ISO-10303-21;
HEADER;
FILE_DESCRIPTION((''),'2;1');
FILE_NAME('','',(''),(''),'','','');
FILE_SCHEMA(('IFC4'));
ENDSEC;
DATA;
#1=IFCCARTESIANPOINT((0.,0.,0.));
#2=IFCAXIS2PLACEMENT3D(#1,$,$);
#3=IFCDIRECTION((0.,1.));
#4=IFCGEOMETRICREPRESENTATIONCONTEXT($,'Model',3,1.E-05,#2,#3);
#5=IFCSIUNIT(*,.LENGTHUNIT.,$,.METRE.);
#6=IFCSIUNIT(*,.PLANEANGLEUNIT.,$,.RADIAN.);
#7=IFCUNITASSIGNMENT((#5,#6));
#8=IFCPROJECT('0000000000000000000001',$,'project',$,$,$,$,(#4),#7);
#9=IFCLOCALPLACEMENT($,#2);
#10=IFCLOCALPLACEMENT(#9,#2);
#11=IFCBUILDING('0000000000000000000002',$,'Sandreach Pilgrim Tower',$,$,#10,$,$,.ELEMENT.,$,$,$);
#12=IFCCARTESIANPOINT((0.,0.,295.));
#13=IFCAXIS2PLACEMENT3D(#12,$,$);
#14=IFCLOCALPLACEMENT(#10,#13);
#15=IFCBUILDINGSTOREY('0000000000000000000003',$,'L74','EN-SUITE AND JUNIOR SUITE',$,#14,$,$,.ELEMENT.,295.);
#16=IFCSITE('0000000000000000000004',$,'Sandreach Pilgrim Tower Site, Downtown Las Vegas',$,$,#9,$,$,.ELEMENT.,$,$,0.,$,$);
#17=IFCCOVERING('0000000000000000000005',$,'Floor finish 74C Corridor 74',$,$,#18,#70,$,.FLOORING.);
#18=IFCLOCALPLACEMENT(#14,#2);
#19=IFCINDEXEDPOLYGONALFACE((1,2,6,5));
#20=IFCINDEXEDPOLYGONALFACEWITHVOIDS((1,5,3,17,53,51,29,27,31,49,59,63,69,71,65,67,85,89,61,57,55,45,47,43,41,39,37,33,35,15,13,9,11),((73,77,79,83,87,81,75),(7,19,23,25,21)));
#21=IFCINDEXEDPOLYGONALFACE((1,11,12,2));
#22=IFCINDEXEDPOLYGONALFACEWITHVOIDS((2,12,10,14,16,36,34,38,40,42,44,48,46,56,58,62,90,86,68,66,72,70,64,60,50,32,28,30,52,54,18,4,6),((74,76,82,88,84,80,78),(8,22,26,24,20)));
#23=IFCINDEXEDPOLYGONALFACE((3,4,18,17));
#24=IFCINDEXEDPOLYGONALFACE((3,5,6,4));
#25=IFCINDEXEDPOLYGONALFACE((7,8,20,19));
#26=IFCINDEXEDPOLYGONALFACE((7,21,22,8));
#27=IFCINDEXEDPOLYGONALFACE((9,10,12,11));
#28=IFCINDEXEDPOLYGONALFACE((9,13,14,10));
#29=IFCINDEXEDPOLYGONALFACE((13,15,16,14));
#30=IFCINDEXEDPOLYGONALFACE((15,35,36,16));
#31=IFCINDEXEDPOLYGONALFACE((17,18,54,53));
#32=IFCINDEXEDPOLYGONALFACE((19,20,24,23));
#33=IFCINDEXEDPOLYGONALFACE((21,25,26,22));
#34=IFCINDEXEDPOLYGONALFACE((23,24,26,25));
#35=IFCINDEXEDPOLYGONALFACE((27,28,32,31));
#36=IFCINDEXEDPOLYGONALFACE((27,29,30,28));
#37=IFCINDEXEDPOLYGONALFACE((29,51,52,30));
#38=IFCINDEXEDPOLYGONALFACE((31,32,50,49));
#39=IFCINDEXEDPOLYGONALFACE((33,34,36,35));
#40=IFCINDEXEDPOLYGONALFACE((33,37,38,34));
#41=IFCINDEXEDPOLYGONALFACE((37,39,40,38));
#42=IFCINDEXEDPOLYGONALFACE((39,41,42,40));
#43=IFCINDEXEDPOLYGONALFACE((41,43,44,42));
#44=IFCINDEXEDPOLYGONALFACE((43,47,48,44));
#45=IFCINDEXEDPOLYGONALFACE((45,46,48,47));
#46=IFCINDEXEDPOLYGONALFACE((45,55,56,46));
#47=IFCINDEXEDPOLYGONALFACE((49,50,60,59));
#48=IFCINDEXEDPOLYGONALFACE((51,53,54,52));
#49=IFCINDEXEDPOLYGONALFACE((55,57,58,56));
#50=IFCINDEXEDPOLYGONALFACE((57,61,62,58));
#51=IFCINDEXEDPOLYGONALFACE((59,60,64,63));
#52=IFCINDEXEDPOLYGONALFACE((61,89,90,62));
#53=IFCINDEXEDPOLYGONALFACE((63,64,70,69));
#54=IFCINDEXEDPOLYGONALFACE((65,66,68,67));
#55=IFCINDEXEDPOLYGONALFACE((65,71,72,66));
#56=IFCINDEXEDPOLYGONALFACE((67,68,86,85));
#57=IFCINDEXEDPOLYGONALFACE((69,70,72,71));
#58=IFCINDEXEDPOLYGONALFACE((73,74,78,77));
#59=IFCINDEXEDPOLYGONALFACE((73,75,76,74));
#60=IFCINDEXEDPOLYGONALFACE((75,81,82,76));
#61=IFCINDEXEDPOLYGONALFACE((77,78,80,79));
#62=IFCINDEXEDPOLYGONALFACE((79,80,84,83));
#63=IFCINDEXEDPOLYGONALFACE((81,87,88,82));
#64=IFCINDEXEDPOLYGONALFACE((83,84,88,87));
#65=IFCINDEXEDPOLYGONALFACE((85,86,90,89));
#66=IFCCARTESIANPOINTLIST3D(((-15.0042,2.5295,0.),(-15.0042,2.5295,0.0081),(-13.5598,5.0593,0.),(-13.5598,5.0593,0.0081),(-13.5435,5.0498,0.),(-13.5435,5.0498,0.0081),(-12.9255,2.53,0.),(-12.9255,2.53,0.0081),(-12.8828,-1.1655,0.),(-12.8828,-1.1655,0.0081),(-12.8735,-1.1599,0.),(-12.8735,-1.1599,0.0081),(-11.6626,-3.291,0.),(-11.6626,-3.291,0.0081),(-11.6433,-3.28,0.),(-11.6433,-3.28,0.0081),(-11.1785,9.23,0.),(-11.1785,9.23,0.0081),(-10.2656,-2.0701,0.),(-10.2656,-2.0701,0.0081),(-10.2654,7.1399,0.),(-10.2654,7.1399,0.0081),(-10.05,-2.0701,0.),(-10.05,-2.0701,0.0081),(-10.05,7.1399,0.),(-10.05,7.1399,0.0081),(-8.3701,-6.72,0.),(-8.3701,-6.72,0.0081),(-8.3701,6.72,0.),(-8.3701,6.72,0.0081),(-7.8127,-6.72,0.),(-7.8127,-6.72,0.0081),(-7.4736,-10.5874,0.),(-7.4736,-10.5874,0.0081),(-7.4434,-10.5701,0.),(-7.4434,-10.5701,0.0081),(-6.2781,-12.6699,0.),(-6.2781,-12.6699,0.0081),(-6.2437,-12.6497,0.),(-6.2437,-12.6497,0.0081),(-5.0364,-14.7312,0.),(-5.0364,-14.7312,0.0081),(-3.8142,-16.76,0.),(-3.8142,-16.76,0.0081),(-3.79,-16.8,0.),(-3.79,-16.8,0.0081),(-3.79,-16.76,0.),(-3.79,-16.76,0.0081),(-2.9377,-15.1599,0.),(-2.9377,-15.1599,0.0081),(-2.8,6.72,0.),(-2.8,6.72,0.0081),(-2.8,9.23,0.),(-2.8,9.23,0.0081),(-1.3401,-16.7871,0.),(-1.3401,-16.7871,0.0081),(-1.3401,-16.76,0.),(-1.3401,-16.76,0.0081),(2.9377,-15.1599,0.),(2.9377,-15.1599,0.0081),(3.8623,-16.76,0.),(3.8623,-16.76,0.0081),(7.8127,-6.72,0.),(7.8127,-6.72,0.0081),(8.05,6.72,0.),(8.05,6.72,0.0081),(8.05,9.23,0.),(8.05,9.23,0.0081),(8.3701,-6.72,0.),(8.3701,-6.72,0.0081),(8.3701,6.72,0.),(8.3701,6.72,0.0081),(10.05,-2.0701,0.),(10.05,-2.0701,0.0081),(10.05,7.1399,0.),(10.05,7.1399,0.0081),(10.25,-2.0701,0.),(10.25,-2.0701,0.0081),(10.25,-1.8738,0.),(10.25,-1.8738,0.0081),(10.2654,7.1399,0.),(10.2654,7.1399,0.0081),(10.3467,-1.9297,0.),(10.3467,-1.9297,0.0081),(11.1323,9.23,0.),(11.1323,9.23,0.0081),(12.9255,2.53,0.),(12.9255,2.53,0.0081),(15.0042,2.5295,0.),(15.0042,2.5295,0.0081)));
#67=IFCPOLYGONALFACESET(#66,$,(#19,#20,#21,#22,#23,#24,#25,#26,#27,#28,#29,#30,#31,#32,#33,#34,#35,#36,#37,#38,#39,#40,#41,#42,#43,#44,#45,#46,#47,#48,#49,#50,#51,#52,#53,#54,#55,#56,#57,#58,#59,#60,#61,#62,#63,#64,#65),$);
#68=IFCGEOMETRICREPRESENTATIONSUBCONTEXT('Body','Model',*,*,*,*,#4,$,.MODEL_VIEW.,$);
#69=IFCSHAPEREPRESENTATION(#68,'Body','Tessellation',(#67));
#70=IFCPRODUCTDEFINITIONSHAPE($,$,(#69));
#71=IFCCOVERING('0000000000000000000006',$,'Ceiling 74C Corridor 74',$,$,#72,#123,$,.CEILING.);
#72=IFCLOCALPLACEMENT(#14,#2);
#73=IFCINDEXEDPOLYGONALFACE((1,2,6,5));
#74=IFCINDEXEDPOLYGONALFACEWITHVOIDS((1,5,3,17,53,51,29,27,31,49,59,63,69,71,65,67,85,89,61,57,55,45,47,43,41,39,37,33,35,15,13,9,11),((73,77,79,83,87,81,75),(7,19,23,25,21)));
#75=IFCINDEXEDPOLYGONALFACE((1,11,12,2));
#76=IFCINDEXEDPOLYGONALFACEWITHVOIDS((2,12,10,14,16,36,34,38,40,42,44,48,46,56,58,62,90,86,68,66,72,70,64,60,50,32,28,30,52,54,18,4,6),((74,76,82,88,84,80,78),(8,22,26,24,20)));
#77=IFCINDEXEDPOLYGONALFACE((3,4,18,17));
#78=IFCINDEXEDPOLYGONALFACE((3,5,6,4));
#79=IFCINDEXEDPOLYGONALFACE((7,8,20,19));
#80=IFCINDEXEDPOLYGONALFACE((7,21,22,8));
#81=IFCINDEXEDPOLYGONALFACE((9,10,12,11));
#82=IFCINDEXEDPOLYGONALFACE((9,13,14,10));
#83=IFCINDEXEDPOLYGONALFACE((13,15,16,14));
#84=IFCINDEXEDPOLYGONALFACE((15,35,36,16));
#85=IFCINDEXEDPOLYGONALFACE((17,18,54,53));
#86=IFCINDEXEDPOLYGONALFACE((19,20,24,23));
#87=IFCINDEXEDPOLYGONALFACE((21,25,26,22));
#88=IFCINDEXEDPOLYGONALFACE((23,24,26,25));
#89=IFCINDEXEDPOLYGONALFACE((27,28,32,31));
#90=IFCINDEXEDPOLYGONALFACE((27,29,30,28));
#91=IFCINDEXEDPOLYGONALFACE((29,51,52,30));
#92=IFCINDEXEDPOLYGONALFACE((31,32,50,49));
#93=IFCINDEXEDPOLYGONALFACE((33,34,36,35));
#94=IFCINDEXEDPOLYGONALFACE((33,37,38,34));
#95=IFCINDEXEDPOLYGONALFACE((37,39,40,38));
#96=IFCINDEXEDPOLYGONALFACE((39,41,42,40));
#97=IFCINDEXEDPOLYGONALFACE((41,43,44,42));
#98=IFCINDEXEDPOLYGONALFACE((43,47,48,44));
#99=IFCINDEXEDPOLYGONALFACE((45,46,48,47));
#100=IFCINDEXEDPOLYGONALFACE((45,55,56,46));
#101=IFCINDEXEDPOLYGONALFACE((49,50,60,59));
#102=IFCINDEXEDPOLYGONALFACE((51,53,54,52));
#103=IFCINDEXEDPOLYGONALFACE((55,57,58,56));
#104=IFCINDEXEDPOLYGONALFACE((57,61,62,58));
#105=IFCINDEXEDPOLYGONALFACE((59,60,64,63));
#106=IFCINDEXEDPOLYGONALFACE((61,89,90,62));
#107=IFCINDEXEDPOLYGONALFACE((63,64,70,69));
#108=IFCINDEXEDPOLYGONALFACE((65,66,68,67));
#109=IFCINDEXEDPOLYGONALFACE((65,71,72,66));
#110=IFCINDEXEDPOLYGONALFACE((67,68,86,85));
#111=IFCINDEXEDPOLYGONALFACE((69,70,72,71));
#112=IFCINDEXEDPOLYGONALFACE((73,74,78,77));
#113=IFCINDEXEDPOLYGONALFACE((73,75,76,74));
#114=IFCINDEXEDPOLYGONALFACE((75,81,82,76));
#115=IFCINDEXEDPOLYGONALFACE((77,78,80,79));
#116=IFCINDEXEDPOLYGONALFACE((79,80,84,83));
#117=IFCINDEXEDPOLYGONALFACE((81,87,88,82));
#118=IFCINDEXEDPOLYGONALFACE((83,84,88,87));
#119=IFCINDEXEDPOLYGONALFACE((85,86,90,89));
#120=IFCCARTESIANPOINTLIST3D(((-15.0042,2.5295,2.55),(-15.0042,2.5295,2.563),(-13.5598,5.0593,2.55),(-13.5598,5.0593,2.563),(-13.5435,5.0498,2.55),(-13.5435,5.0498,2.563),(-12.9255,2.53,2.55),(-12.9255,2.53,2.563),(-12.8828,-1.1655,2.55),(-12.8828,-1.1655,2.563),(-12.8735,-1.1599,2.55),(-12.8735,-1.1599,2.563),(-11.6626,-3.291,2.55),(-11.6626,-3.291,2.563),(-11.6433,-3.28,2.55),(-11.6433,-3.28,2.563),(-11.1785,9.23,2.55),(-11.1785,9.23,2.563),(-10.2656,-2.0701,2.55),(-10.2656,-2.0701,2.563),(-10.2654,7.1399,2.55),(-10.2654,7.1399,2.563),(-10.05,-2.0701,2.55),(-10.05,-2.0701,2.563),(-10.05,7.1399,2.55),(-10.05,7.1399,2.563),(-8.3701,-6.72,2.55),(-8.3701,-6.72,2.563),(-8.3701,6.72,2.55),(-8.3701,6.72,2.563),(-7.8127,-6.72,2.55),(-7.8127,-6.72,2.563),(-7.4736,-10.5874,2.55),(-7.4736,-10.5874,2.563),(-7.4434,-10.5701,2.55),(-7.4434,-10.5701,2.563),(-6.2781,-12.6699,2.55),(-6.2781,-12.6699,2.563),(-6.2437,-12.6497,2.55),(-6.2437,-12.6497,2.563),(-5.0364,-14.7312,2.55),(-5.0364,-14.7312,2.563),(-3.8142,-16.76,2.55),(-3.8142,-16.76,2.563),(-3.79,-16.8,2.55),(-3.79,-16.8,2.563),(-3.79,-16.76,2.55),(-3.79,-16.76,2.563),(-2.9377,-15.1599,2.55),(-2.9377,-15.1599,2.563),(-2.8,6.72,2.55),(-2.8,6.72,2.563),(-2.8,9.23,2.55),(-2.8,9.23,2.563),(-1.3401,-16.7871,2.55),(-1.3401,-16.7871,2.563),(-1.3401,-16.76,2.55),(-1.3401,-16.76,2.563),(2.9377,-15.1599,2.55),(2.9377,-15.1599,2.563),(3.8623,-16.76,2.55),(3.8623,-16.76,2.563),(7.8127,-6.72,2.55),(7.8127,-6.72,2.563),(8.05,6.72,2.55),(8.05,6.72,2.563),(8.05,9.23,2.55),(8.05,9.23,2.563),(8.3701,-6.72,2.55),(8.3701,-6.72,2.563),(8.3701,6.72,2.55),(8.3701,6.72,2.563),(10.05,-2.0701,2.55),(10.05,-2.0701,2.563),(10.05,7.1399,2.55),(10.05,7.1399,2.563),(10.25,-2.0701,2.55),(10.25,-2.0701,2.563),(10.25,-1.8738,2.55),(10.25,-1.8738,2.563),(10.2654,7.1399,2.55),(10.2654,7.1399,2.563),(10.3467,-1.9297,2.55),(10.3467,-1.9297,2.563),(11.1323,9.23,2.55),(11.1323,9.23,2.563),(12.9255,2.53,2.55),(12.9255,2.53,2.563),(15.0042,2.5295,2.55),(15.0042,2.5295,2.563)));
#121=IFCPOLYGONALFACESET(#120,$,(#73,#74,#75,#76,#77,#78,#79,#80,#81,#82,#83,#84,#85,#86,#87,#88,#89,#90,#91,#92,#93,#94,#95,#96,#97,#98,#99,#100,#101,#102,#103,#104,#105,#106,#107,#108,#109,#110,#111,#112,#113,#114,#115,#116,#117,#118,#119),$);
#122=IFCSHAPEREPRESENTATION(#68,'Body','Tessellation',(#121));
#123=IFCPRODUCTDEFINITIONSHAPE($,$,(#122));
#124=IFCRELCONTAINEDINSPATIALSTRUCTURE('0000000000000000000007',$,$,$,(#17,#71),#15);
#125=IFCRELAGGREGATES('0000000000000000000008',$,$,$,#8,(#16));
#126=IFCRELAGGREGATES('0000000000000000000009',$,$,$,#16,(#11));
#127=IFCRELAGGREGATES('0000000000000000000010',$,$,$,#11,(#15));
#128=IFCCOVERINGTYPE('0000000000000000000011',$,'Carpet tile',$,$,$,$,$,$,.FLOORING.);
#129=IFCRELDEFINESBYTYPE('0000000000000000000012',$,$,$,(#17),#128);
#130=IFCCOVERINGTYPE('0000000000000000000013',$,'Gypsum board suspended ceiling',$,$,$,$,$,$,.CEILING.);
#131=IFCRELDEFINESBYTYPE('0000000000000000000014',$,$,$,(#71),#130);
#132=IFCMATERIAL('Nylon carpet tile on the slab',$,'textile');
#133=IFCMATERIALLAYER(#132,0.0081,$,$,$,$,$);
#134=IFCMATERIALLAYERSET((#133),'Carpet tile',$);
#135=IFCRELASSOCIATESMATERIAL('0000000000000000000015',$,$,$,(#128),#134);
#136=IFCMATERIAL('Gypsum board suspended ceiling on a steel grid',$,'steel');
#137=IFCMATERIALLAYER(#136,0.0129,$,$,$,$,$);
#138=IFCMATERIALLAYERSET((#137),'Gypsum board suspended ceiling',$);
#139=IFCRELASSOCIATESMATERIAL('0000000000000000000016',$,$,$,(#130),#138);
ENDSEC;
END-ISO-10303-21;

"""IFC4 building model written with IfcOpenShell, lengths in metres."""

from ifc_helpers import new_model, si_unit, direction, frame, origin, place, context, subcontext, project, spatial, polyline, outline, extrude, material, layer, layer_set, type_object, element, save


model = new_model("IFC4")

# Units and contexts
model_context = context("Model", 3, precision=1e-05, world=origin(), true_north=direction((0.0, 1.0)))
body_context = subcontext(model_context, "Body", "Model", "MODEL_VIEW")
ifc_project = project(units=[si_unit("LENGTHUNIT", "METRE"), si_unit("PLANEANGLEUNIT", "RADIAN")], contexts=[model_context])

# Site, building, storey
site_placement = place(None, origin())
site = spatial("IfcSite", under=ifc_project, at=site_placement, Name="Sandreach Pilgrim Tower Site, Downtown Las Vegas", CompositionType="ELEMENT", RefElevation=0.0)
building_placement = place(site_placement, origin())
building = spatial("IfcBuilding", under=site, at=building_placement, Name="Sandreach Pilgrim Tower", CompositionType="ELEMENT")
storey_placement = place(building_placement, frame((0.0, 0.0, 295.0)))
storey = spatial("IfcBuildingStorey", under=building, at=storey_placement, Name="L74", Description="EN-SUITE AND JUNIOR SUITE", CompositionType="ELEMENT", Elevation=295.0)

# Coverings
ifc_material_1 = material(Name="Nylon carpet tile on the slab", Category="textile")
ifc_layer_1 = layer(ifc_material_1, 0.0081)
ifc_layer_set_1 = layer_set([ifc_layer_1], Name="Carpet tile")
covering_type_1 = type_object("IfcCoveringType", Name="Carpet tile", PredefinedType="FLOORING", material=ifc_layer_set_1)
covering_1_placement = place(storey_placement, origin())
element("IfcCovering", 1, at=covering_1_placement, inside=storey, type_object=covering_type_1, Name="Floor finish 74C Corridor 74", PredefinedType="FLOORING", context=body_context, shape_type="SweptSolid", body=[
    extrude(outline(polyline([(-15.0042, 2.5295), (-13.5435, 5.0498), (-13.5598, 5.0593), (-11.1785, 9.23), (-2.8, 9.23), (-2.8, 6.72), (-8.3701, 6.72), (-8.3701, -6.72), (-7.8127, -6.72), (-2.9377, -15.1599), (2.9377, -15.1599), (7.8127, -6.72), (8.3701, -6.72), (8.3701, 6.72), (8.05, 6.72), (8.05, 9.23), (11.1323, 9.23), (15.0042, 2.5295), (3.8623, -16.76), (-1.3401, -16.76), (-1.3401, -16.7871), (-3.79, -16.8), (-3.79, -16.76), (-3.8142, -16.76), (-5.0364, -14.7312), (-6.2437, -12.6497), (-6.2781, -12.6699), (-7.4736, -10.5874), (-7.4434, -10.5701), (-11.6433, -3.28), (-11.6626, -3.291), (-12.8828, -1.1655), (-12.8735, -1.1599), (-15.0042, 2.5295)]), holes=[polyline([(10.25, -2.0701), (10.25, -1.8738), (10.3467, -1.9297), (12.9255, 2.53), (10.2654, 7.1399), (10.05, 7.1399), (10.05, -2.0701), (10.25, -2.0701)]), polyline([(-12.9255, 2.53), (-10.2656, -2.0701), (-10.05, -2.0701), (-10.05, 7.1399), (-10.2654, 7.1399), (-12.9255, 2.53)])]), origin(), (0.0, 0.0, 1.0), 0.0081),
])
ifc_material_2 = material(Name="Gypsum board suspended ceiling on a steel grid", Category="steel")
ifc_layer_2 = layer(ifc_material_2, 0.0129)
ifc_layer_set_2 = layer_set([ifc_layer_2], Name="Gypsum board suspended ceiling")
covering_type_2 = type_object("IfcCoveringType", Name="Gypsum board suspended ceiling", PredefinedType="CEILING", material=ifc_layer_set_2)
covering_2_placement = place(storey_placement, frame((0.0, 0.0, 2.55)))
element("IfcCovering", 2, at=covering_2_placement, inside=storey, type_object=covering_type_2, Name="Ceiling 74C Corridor 74", PredefinedType="CEILING", context=body_context, shape_type="SweptSolid", body=[
    extrude(outline(polyline([(-15.0042, 2.5295), (-13.5435, 5.0498), (-13.5598, 5.0593), (-11.1785, 9.23), (-2.8, 9.23), (-2.8, 6.72), (-8.3701, 6.72), (-8.3701, -6.72), (-7.8127, -6.72), (-2.9377, -15.1599), (2.9377, -15.1599), (7.8127, -6.72), (8.3701, -6.72), (8.3701, 6.72), (8.05, 6.72), (8.05, 9.23), (11.1323, 9.23), (15.0042, 2.5295), (3.8623, -16.76), (-1.3401, -16.76), (-1.3401, -16.7871), (-3.79, -16.8), (-3.79, -16.76), (-3.8142, -16.76), (-5.0364, -14.7312), (-6.2437, -12.6497), (-6.2781, -12.6699), (-7.4736, -10.5874), (-7.4434, -10.5701), (-11.6433, -3.28), (-11.6626, -3.291), (-12.8828, -1.1655), (-12.8735, -1.1599), (-15.0042, 2.5295)]), holes=[polyline([(10.25, -2.0701), (10.25, -1.8738), (10.3467, -1.9297), (12.9255, 2.53), (10.2654, 7.1399), (10.05, 7.1399), (10.05, -2.0701), (10.25, -2.0701)]), polyline([(-12.9255, 2.53), (-10.2656, -2.0701), (-10.05, -2.0701), (-10.05, 7.1399), (-10.2654, 7.1399), (-12.9255, 2.53)])]), origin(), (0.0, 0.0, 1.0), 0.0129),
])

save(model, "model.ifc")
